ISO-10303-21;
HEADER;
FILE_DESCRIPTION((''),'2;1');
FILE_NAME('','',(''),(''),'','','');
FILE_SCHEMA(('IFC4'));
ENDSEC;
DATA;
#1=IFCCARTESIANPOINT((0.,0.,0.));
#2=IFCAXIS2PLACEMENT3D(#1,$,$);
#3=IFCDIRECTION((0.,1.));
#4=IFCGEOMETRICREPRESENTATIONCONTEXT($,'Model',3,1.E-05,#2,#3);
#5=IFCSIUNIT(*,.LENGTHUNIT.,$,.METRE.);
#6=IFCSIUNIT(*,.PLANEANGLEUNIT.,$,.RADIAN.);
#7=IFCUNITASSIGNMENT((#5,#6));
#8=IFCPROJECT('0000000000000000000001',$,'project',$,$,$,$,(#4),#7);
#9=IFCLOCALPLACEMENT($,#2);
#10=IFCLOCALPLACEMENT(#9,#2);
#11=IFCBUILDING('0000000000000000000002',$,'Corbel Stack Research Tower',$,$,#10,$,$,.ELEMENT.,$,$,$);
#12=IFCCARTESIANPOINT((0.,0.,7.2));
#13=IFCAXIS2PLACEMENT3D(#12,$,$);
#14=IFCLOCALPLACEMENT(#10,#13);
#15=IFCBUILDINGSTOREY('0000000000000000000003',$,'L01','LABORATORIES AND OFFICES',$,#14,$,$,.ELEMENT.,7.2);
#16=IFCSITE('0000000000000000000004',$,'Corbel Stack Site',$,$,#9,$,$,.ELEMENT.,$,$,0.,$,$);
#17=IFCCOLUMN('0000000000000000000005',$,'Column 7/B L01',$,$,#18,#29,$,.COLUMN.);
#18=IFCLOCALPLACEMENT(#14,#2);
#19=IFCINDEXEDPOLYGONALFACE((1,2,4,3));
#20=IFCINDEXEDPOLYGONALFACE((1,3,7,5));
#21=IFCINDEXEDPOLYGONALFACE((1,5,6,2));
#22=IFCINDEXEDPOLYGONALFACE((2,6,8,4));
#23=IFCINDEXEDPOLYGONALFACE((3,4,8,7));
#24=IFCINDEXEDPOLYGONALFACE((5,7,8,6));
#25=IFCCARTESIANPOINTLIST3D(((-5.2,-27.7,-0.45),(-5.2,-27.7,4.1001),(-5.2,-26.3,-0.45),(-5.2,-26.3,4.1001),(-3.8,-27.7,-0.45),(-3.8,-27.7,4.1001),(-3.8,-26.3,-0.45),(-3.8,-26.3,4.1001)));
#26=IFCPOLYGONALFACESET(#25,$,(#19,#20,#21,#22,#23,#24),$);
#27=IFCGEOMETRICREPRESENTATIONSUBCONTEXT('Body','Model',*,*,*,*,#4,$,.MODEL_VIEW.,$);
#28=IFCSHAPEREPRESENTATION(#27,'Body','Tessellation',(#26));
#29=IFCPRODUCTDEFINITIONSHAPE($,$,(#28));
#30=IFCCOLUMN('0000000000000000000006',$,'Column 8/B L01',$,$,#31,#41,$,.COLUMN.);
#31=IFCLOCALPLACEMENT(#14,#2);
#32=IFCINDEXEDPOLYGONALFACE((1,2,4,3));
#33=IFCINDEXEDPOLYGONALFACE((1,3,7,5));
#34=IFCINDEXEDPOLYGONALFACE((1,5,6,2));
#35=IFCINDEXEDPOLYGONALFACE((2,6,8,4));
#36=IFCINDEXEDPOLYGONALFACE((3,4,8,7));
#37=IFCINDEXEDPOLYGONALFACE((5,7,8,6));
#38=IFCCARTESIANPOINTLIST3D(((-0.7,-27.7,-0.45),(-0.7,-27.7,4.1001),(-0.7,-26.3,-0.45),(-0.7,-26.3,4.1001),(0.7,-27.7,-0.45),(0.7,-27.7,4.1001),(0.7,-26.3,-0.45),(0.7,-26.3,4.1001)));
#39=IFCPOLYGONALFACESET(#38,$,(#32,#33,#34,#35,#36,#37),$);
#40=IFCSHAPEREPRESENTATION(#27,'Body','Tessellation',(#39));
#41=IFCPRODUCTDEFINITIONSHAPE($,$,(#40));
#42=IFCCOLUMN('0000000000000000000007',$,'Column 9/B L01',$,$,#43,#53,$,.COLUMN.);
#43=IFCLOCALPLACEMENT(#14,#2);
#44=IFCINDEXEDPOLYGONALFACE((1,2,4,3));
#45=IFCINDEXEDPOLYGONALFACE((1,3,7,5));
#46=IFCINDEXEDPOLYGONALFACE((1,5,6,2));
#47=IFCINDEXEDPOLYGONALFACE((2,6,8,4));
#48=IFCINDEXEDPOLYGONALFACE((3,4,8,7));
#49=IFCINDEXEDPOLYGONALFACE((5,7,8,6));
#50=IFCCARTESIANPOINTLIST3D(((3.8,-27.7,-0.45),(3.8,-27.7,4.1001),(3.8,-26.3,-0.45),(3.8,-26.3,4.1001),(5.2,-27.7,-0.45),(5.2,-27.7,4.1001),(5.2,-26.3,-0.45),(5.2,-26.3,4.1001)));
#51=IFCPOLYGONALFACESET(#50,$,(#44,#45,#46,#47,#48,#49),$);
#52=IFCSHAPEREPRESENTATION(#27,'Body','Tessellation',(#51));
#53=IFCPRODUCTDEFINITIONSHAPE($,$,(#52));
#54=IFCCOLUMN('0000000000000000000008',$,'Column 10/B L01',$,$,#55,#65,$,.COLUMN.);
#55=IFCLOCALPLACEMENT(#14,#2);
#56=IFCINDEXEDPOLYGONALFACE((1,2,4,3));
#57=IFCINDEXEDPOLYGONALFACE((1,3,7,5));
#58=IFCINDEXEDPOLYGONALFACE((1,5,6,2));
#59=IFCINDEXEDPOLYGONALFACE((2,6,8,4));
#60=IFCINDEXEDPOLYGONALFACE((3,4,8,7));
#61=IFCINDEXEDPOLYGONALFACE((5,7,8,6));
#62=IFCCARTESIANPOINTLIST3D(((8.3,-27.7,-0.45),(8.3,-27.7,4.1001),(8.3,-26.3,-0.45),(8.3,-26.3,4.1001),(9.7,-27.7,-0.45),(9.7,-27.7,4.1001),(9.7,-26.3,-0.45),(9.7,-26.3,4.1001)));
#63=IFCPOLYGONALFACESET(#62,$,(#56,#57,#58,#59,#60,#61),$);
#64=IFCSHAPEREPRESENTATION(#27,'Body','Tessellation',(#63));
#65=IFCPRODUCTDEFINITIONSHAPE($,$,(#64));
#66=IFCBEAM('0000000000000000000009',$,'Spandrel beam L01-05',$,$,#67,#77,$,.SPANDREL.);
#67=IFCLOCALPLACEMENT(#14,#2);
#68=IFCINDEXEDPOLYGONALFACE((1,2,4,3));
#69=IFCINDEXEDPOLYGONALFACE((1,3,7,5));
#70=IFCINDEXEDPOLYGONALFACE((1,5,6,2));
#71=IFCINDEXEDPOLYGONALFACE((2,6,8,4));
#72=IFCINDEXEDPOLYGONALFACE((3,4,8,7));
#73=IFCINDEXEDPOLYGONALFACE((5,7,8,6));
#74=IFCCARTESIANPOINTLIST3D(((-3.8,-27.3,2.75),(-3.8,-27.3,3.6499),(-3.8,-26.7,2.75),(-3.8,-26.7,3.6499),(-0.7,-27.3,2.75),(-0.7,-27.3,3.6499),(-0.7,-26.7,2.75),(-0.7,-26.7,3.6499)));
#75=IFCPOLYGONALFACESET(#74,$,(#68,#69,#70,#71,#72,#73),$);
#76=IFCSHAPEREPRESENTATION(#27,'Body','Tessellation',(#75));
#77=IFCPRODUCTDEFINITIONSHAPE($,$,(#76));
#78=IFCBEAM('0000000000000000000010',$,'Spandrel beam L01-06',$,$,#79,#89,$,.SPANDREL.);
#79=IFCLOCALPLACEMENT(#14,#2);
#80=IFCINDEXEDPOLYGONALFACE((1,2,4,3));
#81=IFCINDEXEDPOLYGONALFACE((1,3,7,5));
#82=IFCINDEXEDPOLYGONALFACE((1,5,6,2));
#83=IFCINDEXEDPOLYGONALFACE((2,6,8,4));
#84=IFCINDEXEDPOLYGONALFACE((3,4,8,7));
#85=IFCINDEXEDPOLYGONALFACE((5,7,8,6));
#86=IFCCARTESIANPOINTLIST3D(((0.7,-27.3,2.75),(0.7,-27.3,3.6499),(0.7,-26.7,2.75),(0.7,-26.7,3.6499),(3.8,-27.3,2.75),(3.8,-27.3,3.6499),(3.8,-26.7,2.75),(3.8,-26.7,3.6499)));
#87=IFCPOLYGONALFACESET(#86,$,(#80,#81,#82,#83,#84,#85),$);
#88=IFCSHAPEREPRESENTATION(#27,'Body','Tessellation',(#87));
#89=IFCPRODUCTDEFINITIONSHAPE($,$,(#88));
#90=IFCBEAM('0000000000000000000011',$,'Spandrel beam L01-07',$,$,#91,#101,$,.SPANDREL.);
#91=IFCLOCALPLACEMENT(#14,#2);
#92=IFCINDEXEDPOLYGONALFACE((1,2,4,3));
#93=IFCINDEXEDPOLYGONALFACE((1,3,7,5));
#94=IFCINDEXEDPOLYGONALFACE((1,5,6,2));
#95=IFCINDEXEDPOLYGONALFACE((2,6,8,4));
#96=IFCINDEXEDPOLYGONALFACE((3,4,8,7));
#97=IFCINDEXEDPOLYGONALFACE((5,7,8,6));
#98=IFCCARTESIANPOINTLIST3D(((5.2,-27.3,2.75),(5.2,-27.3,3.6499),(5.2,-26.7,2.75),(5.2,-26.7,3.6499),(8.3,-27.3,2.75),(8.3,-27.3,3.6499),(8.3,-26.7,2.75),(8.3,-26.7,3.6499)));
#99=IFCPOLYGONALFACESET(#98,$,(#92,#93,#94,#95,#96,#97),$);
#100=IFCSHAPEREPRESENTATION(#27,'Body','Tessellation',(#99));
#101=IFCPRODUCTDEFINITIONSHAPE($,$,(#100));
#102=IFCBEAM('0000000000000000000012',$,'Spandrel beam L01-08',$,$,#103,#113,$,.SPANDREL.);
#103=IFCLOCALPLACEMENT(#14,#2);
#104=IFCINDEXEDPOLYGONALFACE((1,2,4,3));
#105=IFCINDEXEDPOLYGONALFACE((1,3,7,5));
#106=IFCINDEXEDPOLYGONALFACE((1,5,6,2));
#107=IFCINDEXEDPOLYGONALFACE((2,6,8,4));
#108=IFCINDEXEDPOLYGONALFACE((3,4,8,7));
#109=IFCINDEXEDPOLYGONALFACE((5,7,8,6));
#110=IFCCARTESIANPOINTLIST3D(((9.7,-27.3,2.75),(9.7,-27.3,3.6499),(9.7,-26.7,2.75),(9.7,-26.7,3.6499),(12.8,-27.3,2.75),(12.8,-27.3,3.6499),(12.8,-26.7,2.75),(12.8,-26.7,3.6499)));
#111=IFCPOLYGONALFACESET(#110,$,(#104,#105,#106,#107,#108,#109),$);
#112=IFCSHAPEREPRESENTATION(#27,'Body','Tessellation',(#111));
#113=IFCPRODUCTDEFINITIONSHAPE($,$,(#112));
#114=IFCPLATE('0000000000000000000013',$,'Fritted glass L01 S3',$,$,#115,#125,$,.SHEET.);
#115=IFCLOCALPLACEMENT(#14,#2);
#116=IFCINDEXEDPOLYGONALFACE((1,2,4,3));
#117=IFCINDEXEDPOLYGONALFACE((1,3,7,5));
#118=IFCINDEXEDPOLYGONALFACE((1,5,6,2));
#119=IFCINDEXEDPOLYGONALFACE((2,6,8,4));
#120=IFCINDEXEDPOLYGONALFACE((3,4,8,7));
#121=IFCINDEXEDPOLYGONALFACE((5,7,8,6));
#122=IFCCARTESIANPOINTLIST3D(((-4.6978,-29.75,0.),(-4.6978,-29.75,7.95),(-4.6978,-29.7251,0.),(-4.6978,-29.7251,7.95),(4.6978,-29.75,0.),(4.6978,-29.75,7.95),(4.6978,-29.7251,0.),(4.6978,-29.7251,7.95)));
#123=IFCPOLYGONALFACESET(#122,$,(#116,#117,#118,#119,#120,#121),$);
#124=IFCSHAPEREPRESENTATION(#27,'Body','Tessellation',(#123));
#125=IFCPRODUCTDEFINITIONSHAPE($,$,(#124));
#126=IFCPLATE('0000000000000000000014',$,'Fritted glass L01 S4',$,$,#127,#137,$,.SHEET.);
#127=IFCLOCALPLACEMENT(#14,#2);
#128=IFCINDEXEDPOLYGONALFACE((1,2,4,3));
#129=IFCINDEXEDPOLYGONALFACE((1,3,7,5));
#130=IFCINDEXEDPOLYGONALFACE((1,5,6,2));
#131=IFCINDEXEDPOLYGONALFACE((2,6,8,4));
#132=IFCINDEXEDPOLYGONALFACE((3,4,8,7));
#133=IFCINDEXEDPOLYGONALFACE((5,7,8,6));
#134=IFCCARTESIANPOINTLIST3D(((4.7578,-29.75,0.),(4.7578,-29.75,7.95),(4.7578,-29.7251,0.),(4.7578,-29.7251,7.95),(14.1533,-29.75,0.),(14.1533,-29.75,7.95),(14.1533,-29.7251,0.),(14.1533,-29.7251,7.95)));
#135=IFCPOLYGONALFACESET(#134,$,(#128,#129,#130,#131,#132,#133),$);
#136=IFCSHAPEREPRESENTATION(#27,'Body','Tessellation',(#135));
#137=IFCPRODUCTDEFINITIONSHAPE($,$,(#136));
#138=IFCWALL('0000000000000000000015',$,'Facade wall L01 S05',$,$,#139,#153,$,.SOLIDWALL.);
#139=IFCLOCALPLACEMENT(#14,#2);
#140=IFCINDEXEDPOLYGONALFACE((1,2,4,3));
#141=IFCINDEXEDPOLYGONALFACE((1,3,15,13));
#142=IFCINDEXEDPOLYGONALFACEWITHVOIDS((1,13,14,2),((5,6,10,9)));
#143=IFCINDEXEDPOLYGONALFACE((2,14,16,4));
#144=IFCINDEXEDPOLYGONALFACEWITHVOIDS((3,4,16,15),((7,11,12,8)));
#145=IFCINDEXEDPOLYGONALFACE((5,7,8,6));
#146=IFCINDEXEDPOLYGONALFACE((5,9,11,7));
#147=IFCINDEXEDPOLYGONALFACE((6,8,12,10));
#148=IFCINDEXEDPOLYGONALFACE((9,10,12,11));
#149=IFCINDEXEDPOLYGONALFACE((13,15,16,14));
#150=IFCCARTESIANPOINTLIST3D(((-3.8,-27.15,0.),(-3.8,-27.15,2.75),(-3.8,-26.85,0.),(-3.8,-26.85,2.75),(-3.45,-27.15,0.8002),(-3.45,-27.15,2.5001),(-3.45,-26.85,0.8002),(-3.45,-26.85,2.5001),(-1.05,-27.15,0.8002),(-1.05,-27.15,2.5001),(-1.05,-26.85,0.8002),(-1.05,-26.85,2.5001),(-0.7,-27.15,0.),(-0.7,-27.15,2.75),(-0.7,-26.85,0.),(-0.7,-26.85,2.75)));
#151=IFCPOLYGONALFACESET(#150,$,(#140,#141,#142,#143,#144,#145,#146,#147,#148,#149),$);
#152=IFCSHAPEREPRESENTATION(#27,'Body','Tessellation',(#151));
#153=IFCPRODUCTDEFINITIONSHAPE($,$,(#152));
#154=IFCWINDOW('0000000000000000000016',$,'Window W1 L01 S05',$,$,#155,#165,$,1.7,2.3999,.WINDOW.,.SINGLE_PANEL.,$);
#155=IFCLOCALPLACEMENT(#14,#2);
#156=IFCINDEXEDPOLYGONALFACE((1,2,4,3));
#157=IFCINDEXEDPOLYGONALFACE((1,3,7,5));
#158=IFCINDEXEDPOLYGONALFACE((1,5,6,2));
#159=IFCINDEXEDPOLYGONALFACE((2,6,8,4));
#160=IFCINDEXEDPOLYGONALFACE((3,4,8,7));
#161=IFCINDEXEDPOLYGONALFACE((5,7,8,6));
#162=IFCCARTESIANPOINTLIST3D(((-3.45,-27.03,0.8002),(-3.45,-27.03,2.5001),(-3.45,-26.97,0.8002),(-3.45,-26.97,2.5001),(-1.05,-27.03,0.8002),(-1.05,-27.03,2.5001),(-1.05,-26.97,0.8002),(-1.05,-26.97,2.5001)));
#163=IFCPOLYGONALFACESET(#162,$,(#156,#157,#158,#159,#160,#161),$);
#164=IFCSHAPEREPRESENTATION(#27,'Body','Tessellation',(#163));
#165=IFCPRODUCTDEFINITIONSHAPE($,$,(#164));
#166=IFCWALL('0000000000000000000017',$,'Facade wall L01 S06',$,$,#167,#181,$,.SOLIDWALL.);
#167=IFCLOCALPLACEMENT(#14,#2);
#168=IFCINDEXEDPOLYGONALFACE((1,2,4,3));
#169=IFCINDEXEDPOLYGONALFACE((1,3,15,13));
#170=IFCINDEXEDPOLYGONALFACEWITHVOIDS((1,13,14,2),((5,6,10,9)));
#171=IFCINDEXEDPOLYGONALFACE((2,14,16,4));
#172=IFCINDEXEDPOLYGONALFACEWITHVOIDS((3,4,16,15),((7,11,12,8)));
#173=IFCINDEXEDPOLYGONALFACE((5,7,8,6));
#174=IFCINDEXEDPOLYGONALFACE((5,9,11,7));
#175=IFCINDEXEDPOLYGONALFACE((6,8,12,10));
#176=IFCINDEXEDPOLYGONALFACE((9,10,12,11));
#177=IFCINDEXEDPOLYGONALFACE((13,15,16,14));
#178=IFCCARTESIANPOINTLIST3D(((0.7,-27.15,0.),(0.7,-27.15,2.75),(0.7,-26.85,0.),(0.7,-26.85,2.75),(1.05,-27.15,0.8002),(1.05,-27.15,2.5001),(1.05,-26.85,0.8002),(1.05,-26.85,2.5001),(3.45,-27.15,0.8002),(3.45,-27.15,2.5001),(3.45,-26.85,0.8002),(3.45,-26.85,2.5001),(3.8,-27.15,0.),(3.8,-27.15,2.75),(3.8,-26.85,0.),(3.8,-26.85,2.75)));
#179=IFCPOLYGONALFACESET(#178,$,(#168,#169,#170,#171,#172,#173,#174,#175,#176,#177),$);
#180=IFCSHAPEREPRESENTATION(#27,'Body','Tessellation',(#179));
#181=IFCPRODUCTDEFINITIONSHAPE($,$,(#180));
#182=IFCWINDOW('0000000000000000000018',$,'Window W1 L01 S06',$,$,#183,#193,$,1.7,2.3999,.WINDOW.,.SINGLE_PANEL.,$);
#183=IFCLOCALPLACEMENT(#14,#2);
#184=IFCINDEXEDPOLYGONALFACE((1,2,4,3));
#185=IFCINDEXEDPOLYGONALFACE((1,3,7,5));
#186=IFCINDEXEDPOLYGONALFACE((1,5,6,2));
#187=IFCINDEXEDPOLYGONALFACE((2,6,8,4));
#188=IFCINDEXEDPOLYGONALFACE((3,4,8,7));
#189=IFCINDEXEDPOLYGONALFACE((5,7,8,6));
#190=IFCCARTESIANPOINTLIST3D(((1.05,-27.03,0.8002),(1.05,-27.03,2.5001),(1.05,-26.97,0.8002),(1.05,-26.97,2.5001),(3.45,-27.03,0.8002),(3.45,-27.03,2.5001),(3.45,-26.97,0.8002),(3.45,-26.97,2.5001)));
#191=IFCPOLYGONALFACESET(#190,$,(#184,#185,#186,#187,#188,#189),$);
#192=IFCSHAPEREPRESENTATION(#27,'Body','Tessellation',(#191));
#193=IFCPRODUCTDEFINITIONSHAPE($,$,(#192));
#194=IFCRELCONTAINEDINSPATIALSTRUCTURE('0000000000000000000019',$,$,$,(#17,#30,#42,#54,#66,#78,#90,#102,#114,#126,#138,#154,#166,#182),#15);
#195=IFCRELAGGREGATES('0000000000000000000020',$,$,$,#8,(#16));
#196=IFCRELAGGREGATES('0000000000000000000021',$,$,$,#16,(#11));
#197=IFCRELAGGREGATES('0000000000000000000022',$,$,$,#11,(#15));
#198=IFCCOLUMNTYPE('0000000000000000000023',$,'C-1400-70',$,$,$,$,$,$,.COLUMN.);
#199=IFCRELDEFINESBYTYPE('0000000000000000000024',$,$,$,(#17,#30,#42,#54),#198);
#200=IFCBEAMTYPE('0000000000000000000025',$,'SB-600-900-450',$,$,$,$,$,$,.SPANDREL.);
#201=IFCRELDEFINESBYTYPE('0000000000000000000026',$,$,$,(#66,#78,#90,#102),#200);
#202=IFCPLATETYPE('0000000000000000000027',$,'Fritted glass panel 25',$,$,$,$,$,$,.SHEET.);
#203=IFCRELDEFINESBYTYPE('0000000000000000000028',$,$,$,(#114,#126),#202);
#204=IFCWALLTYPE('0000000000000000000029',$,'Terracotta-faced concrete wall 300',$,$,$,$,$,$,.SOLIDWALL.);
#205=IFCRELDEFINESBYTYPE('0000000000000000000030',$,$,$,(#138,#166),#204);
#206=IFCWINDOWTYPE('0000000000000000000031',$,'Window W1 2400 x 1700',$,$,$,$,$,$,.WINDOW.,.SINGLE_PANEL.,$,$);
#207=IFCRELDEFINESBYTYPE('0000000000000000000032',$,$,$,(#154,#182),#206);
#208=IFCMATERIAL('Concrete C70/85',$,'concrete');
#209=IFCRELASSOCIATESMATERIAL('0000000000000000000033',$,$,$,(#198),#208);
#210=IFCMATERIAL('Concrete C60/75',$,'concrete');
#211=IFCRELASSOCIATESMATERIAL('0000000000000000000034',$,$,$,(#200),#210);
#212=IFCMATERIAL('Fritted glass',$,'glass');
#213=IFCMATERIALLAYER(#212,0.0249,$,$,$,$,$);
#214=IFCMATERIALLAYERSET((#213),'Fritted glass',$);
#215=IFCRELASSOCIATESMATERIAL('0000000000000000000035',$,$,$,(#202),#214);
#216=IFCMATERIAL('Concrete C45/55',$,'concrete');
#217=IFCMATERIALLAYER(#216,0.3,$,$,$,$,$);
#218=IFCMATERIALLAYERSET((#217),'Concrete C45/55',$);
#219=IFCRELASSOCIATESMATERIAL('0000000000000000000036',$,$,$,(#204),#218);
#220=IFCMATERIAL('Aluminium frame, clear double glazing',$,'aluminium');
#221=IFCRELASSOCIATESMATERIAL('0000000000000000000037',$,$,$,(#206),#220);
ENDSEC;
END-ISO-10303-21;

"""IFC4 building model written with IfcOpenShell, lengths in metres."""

from ifc_helpers import new_model, si_unit, direction, frame, frame_2d, origin, origin_2d, place, context, subcontext, project, spatial, rectangle, extrude, material, layer, layer_set, material_profile, profile_set, type_object, element, fill, save


model = new_model("IFC4")

# Units and contexts
model_context = context("Model", 3, precision=1e-05, world=origin(), true_north=direction((0.0, 1.0)))
body_context = subcontext(model_context, "Body", "Model", "MODEL_VIEW")
ifc_project = project(units=[si_unit("LENGTHUNIT", "METRE"), si_unit("PLANEANGLEUNIT", "RADIAN")], contexts=[model_context])

# Site, building, storey
site_placement = place(None, origin())
site = spatial("IfcSite", under=ifc_project, at=site_placement, Name="Corbel Stack Site", CompositionType="ELEMENT", RefElevation=0.0)
building_placement = place(site_placement, origin())
building = spatial("IfcBuilding", under=site, at=building_placement, Name="Corbel Stack Research Tower", CompositionType="ELEMENT")
storey_placement = place(building_placement, frame((0.0, 0.0, 7.2)))
storey = spatial("IfcBuildingStorey", under=building, at=storey_placement, Name="L01", Description="LABORATORIES AND OFFICES", CompositionType="ELEMENT", Elevation=7.2)

# Columns
ifc_material_1 = material(Name="Concrete C70/85", Category="concrete")
ifc_material_profile_1 = material_profile(ifc_material_1, rectangle(XDim=1.3999, YDim=1.3999, at=origin_2d()), Name="RC 1400 x 1400")
ifc_profile_set_1 = profile_set([ifc_material_profile_1], Name="Concrete C70/85")
column_type = type_object("IfcColumnType", Name="C-1400-70", PredefinedType="COLUMN", material=ifc_profile_set_1)
for number, where, z_axis, x_axis, name in (
    (1, (-4.5, -27.0, -0.45), (0.0, 0.0, 1.0), (1.0, 0.0, 0.0), "Column 7/B L01"),
    (2, (0.0, -27.0, -0.45), (0.0, 0.0, 1.0), (1.0, 0.0, 0.0), "Column 8/B L01"),
    (3, (4.5, -27.0, -0.45), (0.0, 0.0, 1.0), (1.0, 0.0, 0.0), "Column 9/B L01"),
    (4, (9.0, -27.0, -0.45), (0.0, 0.0, 1.0), (1.0, 0.0, 0.0), "Column 10/B L01"),
):
    element("IfcColumn", number, at=place(storey_placement, frame(where, z_axis=z_axis, x_axis=x_axis)), inside=storey, type_object=column_type, Name=name, PredefinedType="COLUMN", context=body_context, shape_type="SweptSolid", body=[
        extrude(rectangle(XDim=1.3999, YDim=1.3999, at=origin_2d()), origin(), (0.0, 0.0, 1.0), 4.55),
    ])

# Beams
ifc_material_2 = material(Name="Concrete C60/75", Category="concrete")
ifc_material_profile_2 = material_profile(ifc_material_2, rectangle(XDim=0.6001, YDim=0.8999, at=origin_2d()), Name="RC 600 x 900")
ifc_profile_set_2 = profile_set([ifc_material_profile_2], Name="Concrete C60/75")
beam_type = type_object("IfcBeamType", Name="SB-600-900-450", PredefinedType="SPANDREL", material=ifc_profile_set_2)
for number, where, z_axis, x_axis, name in (
    (5, (-3.8, -27.0, 3.2), (1.0, 0.0, 0.0), (0.0, 1.0, 0.0), "Spandrel beam L01-05"),
    (6, (0.7, -27.0, 3.2), (1.0, 0.0, 0.0), (0.0, 1.0, 0.0), "Spandrel beam L01-06"),
    (7, (5.2, -27.0, 3.2), (1.0, 0.0, 0.0), (0.0, 1.0, 0.0), "Spandrel beam L01-07"),
    (8, (9.7, -27.0, 3.2), (1.0, 0.0, 0.0), (0.0, 1.0, 0.0), "Spandrel beam L01-08"),
):
    element("IfcBeam", number, at=place(storey_placement, frame(where, z_axis=z_axis, x_axis=x_axis)), inside=storey, type_object=beam_type, Name=name, PredefinedType="SPANDREL", context=body_context, shape_type="SweptSolid", body=[
        extrude(rectangle(XDim=0.6001, YDim=0.8999, at=origin_2d()), origin(), (0.0, 0.0, 1.0), 3.1001),
    ])

# Plates
ifc_material_3 = material(Name="Fritted glass", Category="glass")
ifc_layer_1 = layer(ifc_material_3, 0.0249)
ifc_layer_set_1 = layer_set([ifc_layer_1], Name="Fritted glass")
plate_type = type_object("IfcPlateType", Name="Fritted glass panel 25", PredefinedType="SHEET", material=ifc_layer_set_1)
for number, where, z_axis, x_axis, name in (
    (9, (0.0, -29.7375, 0.0), (0.0, 0.0, 1.0), (1.0, 0.0, 0.0), "Fritted glass L01 S3"),
    (10, (9.4556, -29.7375, 0.0), (0.0, 0.0, 1.0), (1.0, 0.0, 0.0), "Fritted glass L01 S4"),
):
    element("IfcPlate", number, at=place(storey_placement, frame(where, z_axis=z_axis, x_axis=x_axis)), inside=storey, type_object=plate_type, Name=name, PredefinedType="SHEET", context=body_context, shape_type="SweptSolid", body=[
        extrude(rectangle(XDim=9.3955, YDim=0.0249, at=origin_2d()), origin(), (0.0, 0.0, 1.0), 7.95),
    ])

# Walls, openings, windows
ifc_material_4 = material(Name="Concrete C45/55", Category="concrete")
ifc_layer_2 = layer(ifc_material_4, 0.3)
ifc_layer_set_2 = layer_set([ifc_layer_2], Name="Concrete C45/55")
wall_type = type_object("IfcWallType", Name="Terracotta-faced concrete wall 300", PredefinedType="SOLIDWALL", material=ifc_layer_set_2)
wall_1_placement = place(storey_placement, frame((-0.7, -27.0, 0.0), z_axis=(0.0, 0.0, 1.0), x_axis=(-1.0, 0.0, 0.0)))
wall_1 = element("IfcWall", 11, at=wall_1_placement, inside=storey, type_object=wall_type, Name="Facade wall L01 S05", PredefinedType="SOLIDWALL", context=body_context, shape_type="SweptSolid", body=[
    extrude(rectangle(XDim=3.1001, YDim=0.3, at=frame_2d((1.55, 0.0))), origin(), (0.0, 0.0, 1.0), 2.75),
])
opening_1_placement = place(wall_1_placement, frame((0.3501, 0.0, 0.8)))
opening_1 = element("IfcOpeningElement", 12, at=opening_1_placement, cuts=wall_1, PredefinedType="OPENING", context=body_context, shape_type="SweptSolid", body=[
    extrude(rectangle(XDim=2.3999, YDim=1.7, at=frame_2d((1.2, 0.8501))), frame((0.0, 0.1599, 0.0), z_axis=(0.0, -1.0, 0.0), x_axis=(1.0, 0.0, 0.0)), (0.0, 0.0, 1.0), 0.3201),
])
ifc_material_5 = material(Name="Aluminium frame, clear double glazing", Category="aluminium")
window_type = type_object("IfcWindowType", Name="Window W1 2400 x 1700", PartitioningType="SINGLE_PANEL", PredefinedType="WINDOW", material=ifc_material_5)
window_1_placement = place(opening_1_placement, origin())
window_1 = element("IfcWindow", 13, at=window_1_placement, inside=storey, type_object=window_type, Name="Window W1 L01 S05", OverallHeight=1.7, OverallWidth=2.3999, PartitioningType="SINGLE_PANEL", PredefinedType="WINDOW", context=body_context, shape_type="SweptSolid", body=[
    extrude(rectangle(XDim=2.3999, YDim=1.7, at=frame_2d((1.2, 0.8501))), frame((0.0, 0.03, 0.0), z_axis=(0.0, -1.0, 0.0), x_axis=(1.0, 0.0, 0.0)), (0.0, 0.0, 1.0), 0.0601),
])
fill(opening_1, window_1)
wall_2_placement = place(storey_placement, frame((3.8, -27.0, 0.0), z_axis=(0.0, 0.0, 1.0), x_axis=(-1.0, 0.0, 0.0)))
wall_2 = element("IfcWall", 14, at=wall_2_placement, inside=storey, type_object=wall_type, Name="Facade wall L01 S06", PredefinedType="SOLIDWALL", context=body_context, shape_type="SweptSolid", body=[
    extrude(rectangle(XDim=3.1001, YDim=0.3, at=frame_2d((1.55, 0.0))), origin(), (0.0, 0.0, 1.0), 2.75),
])
opening_2_placement = place(wall_2_placement, frame((0.3501, 0.0, 0.8)))
opening_2 = element("IfcOpeningElement", 15, at=opening_2_placement, cuts=wall_2, PredefinedType="OPENING", context=body_context, shape_type="SweptSolid", body=[
    extrude(rectangle(XDim=2.3999, YDim=1.7, at=frame_2d((1.2, 0.8501))), frame((0.0, 0.1599, 0.0), z_axis=(0.0, -1.0, 0.0), x_axis=(1.0, 0.0, 0.0)), (0.0, 0.0, 1.0), 0.3201),
])
window_2_placement = place(opening_2_placement, origin())
window_2 = element("IfcWindow", 16, at=window_2_placement, inside=storey, type_object=window_type, Name="Window W1 L01 S06", OverallHeight=1.7, OverallWidth=2.3999, PartitioningType="SINGLE_PANEL", PredefinedType="WINDOW", context=body_context, shape_type="SweptSolid", body=[
    extrude(rectangle(XDim=2.3999, YDim=1.7, at=frame_2d((1.2, 0.8501))), frame((0.0, 0.03, 0.0), z_axis=(0.0, -1.0, 0.0), x_axis=(1.0, 0.0, 0.0)), (0.0, 0.0, 1.0), 0.0601),
])
fill(opening_2, window_2)

save(model, "model.ifc")
